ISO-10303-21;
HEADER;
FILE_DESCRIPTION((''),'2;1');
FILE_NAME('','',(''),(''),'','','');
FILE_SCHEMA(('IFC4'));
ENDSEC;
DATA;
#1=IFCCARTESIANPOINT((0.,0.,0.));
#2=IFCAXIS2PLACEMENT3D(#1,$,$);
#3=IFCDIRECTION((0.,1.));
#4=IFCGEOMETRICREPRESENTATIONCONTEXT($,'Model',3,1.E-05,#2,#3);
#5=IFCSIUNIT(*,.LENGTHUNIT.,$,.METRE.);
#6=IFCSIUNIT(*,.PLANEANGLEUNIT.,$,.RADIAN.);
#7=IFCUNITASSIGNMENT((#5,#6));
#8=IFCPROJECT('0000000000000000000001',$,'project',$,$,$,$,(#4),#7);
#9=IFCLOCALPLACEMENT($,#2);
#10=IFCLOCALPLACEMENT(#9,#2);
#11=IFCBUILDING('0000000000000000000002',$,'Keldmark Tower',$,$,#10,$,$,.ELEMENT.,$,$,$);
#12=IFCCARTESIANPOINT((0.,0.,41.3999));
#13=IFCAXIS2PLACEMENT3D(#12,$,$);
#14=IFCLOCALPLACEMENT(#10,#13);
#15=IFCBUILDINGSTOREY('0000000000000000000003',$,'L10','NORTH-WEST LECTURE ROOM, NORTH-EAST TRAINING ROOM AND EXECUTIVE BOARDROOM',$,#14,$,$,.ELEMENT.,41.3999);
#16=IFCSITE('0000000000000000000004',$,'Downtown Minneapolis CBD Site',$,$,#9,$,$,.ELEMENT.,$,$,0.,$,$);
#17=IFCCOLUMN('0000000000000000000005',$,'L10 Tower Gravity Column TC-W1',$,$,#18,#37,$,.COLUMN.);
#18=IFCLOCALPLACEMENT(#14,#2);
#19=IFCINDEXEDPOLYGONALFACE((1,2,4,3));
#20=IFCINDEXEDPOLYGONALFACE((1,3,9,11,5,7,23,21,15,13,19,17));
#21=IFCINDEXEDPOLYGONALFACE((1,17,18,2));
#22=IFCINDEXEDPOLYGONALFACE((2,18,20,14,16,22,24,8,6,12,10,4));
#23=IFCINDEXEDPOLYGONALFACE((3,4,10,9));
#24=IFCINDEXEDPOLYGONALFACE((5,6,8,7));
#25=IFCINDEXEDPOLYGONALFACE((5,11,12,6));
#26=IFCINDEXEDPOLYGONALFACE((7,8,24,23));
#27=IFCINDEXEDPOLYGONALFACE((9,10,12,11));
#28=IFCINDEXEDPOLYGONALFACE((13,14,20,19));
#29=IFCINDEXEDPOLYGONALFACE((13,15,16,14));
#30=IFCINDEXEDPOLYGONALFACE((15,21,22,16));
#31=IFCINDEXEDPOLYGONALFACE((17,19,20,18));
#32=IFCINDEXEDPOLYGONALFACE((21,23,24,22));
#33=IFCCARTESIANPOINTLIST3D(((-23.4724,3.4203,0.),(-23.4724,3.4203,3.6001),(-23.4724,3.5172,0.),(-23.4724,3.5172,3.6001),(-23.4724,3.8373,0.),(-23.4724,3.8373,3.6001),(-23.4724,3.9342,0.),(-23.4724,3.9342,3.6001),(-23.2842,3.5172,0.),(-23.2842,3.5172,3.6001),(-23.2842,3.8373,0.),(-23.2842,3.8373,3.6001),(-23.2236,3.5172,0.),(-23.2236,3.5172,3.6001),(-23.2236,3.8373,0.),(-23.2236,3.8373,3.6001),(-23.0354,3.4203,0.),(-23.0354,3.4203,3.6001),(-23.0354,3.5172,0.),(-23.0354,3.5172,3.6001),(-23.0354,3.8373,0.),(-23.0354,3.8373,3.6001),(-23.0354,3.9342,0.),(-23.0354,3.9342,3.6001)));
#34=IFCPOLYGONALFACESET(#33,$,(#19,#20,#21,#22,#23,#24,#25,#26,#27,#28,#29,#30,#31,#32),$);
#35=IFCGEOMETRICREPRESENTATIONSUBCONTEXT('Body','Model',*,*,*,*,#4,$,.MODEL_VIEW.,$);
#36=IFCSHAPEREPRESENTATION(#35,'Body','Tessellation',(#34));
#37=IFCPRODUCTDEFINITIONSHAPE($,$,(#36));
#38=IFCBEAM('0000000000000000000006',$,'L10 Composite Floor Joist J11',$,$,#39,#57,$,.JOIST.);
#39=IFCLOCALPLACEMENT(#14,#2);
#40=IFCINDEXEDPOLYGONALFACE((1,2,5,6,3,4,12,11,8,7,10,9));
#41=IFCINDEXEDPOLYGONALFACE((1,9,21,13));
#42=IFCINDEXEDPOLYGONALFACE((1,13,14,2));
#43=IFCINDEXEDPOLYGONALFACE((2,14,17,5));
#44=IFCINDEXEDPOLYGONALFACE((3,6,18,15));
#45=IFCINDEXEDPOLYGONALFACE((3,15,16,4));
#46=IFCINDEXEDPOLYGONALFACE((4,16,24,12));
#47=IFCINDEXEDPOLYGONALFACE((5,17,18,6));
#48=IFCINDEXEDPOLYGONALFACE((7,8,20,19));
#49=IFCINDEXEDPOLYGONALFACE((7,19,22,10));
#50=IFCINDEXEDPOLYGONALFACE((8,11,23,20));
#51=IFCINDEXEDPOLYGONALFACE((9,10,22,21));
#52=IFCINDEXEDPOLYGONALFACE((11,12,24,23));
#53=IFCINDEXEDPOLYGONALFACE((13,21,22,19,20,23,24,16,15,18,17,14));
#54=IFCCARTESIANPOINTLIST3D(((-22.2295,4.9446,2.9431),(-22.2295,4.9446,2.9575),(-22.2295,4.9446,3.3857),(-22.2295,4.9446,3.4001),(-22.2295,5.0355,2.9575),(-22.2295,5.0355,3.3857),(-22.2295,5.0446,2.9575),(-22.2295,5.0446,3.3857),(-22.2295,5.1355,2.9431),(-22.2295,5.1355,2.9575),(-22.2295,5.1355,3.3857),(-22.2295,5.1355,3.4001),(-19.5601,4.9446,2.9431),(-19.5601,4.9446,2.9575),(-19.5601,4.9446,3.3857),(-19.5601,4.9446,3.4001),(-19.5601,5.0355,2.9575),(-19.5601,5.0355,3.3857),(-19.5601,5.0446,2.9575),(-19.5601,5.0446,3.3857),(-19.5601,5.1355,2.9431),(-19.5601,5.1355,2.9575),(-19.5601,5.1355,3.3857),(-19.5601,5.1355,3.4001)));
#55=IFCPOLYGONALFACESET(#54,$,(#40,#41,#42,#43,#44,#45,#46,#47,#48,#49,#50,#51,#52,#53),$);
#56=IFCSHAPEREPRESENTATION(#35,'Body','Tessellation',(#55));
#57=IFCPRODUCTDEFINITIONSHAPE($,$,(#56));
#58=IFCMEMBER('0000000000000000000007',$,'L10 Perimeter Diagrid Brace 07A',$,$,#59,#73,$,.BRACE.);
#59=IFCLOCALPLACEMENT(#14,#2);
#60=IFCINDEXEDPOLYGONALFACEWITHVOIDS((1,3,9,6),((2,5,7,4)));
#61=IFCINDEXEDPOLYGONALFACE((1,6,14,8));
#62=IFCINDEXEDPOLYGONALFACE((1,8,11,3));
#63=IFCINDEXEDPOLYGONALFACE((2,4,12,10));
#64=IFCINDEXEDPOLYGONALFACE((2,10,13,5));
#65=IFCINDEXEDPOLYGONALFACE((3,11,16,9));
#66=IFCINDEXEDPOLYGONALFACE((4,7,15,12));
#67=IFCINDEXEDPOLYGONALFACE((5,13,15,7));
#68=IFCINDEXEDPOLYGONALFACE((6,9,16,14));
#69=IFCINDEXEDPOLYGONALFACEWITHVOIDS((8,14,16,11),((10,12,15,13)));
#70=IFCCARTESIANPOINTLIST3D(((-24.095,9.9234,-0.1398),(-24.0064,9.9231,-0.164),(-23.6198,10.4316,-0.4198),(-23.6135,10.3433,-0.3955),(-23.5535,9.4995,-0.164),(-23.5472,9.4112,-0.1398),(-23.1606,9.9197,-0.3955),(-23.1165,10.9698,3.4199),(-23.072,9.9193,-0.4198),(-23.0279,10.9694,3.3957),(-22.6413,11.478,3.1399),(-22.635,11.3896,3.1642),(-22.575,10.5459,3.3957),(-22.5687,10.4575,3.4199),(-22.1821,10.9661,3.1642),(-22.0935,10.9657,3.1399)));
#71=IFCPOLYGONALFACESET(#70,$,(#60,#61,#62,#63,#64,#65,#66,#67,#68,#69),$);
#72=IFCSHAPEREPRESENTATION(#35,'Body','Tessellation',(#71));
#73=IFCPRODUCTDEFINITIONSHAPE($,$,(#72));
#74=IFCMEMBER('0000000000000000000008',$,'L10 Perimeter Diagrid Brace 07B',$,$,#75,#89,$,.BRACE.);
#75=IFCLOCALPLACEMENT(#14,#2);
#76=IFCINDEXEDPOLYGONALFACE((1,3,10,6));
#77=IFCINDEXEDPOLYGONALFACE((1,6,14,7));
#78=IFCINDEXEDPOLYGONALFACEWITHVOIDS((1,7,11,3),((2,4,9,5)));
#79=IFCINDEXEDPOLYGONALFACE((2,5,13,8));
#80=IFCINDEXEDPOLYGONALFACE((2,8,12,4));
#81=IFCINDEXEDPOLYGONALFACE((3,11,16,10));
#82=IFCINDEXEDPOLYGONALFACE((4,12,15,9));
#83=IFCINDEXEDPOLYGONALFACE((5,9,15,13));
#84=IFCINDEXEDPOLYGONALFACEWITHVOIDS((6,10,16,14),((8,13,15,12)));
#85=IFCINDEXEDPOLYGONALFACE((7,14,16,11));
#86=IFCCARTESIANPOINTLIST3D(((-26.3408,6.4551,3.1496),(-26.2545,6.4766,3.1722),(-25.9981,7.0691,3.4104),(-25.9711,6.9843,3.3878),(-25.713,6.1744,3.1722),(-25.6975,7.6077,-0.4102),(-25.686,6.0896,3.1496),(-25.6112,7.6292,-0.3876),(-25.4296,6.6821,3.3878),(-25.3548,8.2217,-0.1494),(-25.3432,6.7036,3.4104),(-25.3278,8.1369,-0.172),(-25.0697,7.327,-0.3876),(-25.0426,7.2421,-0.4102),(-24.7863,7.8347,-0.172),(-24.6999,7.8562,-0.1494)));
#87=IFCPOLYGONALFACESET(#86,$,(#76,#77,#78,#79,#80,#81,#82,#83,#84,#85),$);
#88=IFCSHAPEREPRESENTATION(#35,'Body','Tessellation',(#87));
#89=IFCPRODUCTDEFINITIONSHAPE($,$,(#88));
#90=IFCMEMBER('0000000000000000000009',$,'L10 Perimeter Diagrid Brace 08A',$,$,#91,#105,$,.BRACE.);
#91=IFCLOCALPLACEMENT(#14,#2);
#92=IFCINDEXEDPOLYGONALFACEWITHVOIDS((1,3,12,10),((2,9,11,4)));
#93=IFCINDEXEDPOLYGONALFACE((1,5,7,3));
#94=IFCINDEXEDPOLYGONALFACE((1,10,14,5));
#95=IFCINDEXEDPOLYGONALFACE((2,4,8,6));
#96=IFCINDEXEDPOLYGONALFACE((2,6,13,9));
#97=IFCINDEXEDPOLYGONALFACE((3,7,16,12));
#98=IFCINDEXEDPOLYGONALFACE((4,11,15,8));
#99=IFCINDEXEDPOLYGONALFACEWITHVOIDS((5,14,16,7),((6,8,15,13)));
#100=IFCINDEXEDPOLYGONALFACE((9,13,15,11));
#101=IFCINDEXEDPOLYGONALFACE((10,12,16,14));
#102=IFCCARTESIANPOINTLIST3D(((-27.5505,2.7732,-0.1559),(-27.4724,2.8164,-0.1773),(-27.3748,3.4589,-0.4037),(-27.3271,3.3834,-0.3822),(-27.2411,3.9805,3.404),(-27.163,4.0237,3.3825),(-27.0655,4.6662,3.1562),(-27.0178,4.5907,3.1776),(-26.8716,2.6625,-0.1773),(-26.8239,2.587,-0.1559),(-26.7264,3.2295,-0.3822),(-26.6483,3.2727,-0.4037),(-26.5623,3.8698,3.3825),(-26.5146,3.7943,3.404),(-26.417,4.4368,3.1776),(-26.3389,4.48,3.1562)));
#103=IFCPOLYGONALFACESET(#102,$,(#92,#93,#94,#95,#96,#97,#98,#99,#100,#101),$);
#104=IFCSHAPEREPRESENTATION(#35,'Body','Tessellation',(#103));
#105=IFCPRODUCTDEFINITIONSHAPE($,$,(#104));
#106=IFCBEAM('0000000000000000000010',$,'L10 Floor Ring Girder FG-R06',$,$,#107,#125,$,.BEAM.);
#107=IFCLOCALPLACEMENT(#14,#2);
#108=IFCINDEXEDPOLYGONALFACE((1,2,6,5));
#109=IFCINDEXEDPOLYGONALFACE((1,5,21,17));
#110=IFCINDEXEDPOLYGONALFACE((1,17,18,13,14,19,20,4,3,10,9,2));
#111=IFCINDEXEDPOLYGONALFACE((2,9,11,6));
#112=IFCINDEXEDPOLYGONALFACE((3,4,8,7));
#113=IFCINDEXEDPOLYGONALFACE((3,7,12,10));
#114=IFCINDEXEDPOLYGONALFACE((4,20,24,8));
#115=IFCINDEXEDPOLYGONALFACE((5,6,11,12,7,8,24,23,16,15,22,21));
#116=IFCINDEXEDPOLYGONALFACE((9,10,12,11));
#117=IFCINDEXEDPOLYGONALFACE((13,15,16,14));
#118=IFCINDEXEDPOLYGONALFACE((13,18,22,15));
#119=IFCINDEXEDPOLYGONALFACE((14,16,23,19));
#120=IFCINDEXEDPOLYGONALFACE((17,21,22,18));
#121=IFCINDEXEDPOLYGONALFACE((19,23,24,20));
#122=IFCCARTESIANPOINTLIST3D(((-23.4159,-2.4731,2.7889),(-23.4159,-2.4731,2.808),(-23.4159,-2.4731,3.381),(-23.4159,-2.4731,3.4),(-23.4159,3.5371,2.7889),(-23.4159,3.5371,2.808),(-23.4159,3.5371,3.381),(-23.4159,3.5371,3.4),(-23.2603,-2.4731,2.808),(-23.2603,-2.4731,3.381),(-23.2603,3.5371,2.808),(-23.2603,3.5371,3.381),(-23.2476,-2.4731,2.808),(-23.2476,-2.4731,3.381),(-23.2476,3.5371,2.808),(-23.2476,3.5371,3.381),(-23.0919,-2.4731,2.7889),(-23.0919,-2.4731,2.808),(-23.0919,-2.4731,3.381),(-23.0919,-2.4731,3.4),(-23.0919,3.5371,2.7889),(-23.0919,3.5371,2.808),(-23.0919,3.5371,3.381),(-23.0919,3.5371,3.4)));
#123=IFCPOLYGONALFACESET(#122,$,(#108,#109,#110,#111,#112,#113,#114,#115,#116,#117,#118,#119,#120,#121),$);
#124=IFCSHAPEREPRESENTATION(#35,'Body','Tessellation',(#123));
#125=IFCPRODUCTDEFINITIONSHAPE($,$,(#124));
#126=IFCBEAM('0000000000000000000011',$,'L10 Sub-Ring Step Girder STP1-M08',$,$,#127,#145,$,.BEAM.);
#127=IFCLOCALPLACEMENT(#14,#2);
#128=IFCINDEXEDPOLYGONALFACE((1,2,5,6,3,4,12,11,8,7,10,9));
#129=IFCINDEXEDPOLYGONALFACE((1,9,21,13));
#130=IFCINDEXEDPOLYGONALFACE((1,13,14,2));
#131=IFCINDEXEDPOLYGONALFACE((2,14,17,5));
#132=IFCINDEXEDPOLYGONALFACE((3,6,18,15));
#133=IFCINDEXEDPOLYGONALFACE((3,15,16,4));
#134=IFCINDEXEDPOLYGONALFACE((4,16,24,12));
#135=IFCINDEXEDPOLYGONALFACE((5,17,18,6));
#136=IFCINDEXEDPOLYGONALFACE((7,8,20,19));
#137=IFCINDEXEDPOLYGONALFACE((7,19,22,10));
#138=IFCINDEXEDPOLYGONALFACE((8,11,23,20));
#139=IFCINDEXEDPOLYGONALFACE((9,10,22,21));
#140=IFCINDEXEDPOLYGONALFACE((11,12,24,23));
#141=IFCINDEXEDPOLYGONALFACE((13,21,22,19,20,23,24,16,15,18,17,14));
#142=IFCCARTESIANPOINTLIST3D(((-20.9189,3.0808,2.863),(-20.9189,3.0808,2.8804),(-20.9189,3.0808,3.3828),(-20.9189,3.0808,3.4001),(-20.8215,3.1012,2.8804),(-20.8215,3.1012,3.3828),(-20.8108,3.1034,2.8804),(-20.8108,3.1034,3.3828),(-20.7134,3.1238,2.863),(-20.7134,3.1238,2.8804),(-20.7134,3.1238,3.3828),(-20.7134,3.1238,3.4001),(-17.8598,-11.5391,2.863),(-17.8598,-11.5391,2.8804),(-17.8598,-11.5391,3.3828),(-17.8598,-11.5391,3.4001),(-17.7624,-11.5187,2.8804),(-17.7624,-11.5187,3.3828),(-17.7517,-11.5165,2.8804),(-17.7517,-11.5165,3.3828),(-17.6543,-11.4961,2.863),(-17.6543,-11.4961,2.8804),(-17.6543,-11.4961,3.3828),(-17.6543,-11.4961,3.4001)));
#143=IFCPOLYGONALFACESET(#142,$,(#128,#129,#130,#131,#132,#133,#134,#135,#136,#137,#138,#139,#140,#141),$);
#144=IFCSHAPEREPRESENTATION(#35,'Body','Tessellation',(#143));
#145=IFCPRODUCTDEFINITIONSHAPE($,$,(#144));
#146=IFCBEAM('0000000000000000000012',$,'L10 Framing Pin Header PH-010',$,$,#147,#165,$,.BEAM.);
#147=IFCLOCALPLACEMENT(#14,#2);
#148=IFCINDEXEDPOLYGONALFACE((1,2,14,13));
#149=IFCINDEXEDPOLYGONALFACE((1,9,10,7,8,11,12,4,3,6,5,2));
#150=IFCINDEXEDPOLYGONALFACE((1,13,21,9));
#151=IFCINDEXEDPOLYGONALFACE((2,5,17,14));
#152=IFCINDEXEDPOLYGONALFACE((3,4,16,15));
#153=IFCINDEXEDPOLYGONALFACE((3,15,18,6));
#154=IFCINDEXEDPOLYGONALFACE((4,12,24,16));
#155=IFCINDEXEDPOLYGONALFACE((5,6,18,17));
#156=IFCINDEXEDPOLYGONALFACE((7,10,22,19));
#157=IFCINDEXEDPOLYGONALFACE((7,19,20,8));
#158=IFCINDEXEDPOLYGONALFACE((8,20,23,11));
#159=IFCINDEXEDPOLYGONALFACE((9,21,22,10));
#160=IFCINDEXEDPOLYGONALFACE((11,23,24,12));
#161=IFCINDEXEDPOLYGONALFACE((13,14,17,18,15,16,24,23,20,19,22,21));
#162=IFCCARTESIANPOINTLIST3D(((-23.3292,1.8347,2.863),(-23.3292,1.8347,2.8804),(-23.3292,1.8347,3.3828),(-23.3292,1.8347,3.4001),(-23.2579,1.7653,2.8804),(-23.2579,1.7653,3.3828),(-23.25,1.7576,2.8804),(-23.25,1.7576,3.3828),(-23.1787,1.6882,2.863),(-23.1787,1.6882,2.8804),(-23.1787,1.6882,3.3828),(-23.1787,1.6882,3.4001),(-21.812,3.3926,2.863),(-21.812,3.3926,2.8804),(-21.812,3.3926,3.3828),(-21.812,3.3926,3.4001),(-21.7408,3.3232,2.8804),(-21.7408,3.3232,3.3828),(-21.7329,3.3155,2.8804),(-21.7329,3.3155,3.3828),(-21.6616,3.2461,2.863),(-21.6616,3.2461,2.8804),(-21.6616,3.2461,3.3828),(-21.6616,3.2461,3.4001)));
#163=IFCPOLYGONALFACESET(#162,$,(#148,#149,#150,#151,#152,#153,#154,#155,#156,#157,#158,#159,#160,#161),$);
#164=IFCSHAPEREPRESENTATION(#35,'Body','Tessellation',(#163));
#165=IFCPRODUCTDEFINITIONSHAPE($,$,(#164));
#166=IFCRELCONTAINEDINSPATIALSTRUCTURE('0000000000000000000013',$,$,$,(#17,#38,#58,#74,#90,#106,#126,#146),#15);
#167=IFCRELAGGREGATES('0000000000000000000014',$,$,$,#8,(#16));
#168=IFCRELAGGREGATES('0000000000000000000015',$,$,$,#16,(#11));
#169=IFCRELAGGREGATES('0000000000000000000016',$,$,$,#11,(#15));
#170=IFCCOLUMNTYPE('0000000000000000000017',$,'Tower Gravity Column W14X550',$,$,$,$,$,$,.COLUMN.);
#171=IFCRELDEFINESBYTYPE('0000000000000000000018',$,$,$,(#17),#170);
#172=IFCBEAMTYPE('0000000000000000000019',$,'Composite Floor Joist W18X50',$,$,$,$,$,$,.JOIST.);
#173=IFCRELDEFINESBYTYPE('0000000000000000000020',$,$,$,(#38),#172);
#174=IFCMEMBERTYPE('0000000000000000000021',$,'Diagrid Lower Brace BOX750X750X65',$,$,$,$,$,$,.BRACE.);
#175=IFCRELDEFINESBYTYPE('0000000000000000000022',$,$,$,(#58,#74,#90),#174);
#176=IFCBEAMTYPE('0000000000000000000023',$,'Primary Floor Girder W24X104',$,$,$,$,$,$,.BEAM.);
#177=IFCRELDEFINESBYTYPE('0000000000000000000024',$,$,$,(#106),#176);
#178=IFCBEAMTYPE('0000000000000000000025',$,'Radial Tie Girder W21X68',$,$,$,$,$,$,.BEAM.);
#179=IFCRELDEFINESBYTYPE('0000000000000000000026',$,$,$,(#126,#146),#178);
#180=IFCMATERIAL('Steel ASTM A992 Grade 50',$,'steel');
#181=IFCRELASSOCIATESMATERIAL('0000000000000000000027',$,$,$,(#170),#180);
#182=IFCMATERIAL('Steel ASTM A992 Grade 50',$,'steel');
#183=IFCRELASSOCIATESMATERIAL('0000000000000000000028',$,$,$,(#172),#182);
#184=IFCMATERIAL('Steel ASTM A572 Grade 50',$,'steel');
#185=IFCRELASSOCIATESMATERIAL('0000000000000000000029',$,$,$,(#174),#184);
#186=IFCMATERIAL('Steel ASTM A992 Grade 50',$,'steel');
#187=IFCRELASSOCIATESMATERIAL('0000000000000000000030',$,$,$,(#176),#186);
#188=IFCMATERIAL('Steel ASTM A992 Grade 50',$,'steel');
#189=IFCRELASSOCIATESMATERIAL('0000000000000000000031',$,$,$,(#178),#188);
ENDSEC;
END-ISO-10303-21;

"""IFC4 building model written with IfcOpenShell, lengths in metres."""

from ifc_helpers import new_model, si_unit, direction, frame, origin, origin_2d, place, context, subcontext, project, spatial, hollow_rectangle, i_section, extrude, material, material_profile, profile_set, type_object, element, save


model = new_model("IFC4")

# Units and contexts
model_context = context("Model", 3, precision=1e-05, world=origin(), true_north=direction((0.0, 1.0)))
body_context = subcontext(model_context, "Body", "Model", "MODEL_VIEW")
ifc_project = project(units=[si_unit("LENGTHUNIT", "METRE"), si_unit("PLANEANGLEUNIT", "RADIAN")], contexts=[model_context])

# Site, building, storey
site_placement = place(None, origin())
site = spatial("IfcSite", under=ifc_project, at=site_placement, Name="Downtown Minneapolis CBD Site", CompositionType="ELEMENT", RefElevation=0.0)
building_placement = place(site_placement, origin())
building = spatial("IfcBuilding", under=site, at=building_placement, Name="Keldmark Tower", CompositionType="ELEMENT")
storey_placement = place(building_placement, frame((0.0, 0.0, 41.3999)))
storey = spatial("IfcBuildingStorey", under=building, at=storey_placement, Name="L10", Description="NORTH-WEST LECTURE ROOM, NORTH-EAST TRAINING ROOM AND EXECUTIVE BOARDROOM", CompositionType="ELEMENT", Elevation=41.3999)

# Column
ifc_material_1 = material(Name="Steel ASTM A992 Grade 50", Category="steel")
ifc_material_profile_1 = material_profile(ifc_material_1, i_section(OverallWidth=0.437, OverallDepth=0.5139, WebThickness=0.0605, FlangeThickness=0.0969, at=origin_2d()), Name="W14X550")
ifc_profile_set_1 = profile_set([ifc_material_profile_1], Name="Steel ASTM A992 Grade 50")
column_type = type_object("IfcColumnType", Name="Tower Gravity Column W14X550", PredefinedType="COLUMN", material=ifc_profile_set_1)
column_placement = place(storey_placement, frame((-23.2539, 3.6772, 0.0), z_axis=(0.0, 0.0, 1.0), x_axis=(1.0, 0.0, 0.0)))
element("IfcColumn", 1, at=column_placement, inside=storey, type_object=column_type, Name="L10 Tower Gravity Column TC-W1", PredefinedType="COLUMN", context=body_context, shape_type="SweptSolid", body=[
    extrude(i_section(OverallWidth=0.437, OverallDepth=0.5139, WebThickness=0.0605, FlangeThickness=0.0969, at=origin_2d()), origin(), (0.0, 0.0, 1.0), 3.6001),
])

# Beam
ifc_material_2 = material(Name="Steel ASTM A992 Grade 50", Category="steel")
ifc_material_profile_2 = material_profile(ifc_material_2, i_section(OverallWidth=0.1909, OverallDepth=0.457, WebThickness=0.009, FlangeThickness=0.0144, at=origin_2d()), Name="W18X50")
ifc_profile_set_2 = profile_set([ifc_material_profile_2], Name="Steel ASTM A992 Grade 50")
beam_type_1 = type_object("IfcBeamType", Name="Composite Floor Joist W18X50", PredefinedType="JOIST", material=ifc_profile_set_2)
beam_1_placement = place(storey_placement, frame((-22.2295, 5.04, 3.1716), z_axis=(1.0, 0.0, 0.0), x_axis=(0.0, 1.0, 0.0)))
element("IfcBeam", 2, at=beam_1_placement, inside=storey, type_object=beam_type_1, Name="L10 Composite Floor Joist J11", PredefinedType="JOIST", context=body_context, shape_type="SweptSolid", body=[
    extrude(i_section(OverallWidth=0.1909, OverallDepth=0.457, WebThickness=0.009, FlangeThickness=0.0144, at=origin_2d()), origin(), (0.0, 0.0, 1.0), 2.6694),
])

# Members
ifc_material_3 = material(Name="Steel ASTM A572 Grade 50", Category="steel")
ifc_material_profile_3 = material_profile(ifc_material_3, hollow_rectangle(XDim=0.75, YDim=0.75, WallThickness=0.0649, at=origin_2d()), Name="BOX750X750X65")
ifc_profile_set_3 = profile_set([ifc_material_profile_3], Name="Steel ASTM A572 Grade 50")
member_type = type_object("IfcMemberType", Name="Diagrid Lower Brace BOX750X750X65", PredefinedType="BRACE", material=ifc_profile_set_3)
member_1_placement = place(storey_placement, frame((-23.5835, 9.9214, -0.2798), z_axis=(0.255003, 0.27269, 0.927693), x_axis=(-0.730398, 0.683022, 0.0)))
element("IfcMember", 3, at=member_1_placement, inside=storey, type_object=member_type, Name="L10 Perimeter Diagrid Brace 07A", PredefinedType="BRACE", context=body_context, shape_type="SweptSolid", body=[
    extrude(hollow_rectangle(XDim=0.75, YDim=0.75, WallThickness=0.0649, at=origin_2d()), origin(), (0.0, 0.0, 1.0), 3.8372),
])
member_2_placement = place(storey_placement, frame((-25.1987, 7.7319, -0.2798), z_axis=(-0.169441, -0.30358, 0.937619), x_axis=(0.873196, -0.487369, 0.0)))
element("IfcMember", 4, at=member_2_placement, inside=storey, type_object=member_type, Name="L10 Perimeter Diagrid Brace 07B", PredefinedType="BRACE", context=body_context, shape_type="SweptSolid", body=[
    extrude(hollow_rectangle(XDim=0.75, YDim=0.75, WallThickness=0.0649, at=origin_2d()), origin(), (0.0, 0.0, 1.0), 3.7966),
])
member_3_placement = place(storey_placement, frame((-27.0994, 3.0229, -0.2798), z_axis=(0.082013, 0.320091, 0.94383), x_axis=(-0.968709, 0.248201, 0.0)))
element("IfcMember", 5, at=member_3_placement, inside=storey, type_object=member_type, Name="L10 Perimeter Diagrid Brace 08A", PredefinedType="BRACE", context=body_context, shape_type="SweptSolid", body=[
    extrude(hollow_rectangle(XDim=0.75, YDim=0.75, WallThickness=0.0649, at=origin_2d()), origin(), (0.0, 0.0, 1.0), 3.7717),
])

# Beams
ifc_material_4 = material(Name="Steel ASTM A992 Grade 50", Category="steel")
ifc_material_profile_4 = material_profile(ifc_material_4, i_section(OverallWidth=0.324, OverallDepth=0.6111, WebThickness=0.0127, FlangeThickness=0.019, at=origin_2d()), Name="W24X104")
ifc_profile_set_4 = profile_set([ifc_material_profile_4], Name="Steel ASTM A992 Grade 50")
beam_type_2 = type_object("IfcBeamType", Name="Primary Floor Girder W24X104", PredefinedType="BEAM", material=ifc_profile_set_4)
beam_2_placement = place(storey_placement, frame((-23.2539, 3.5371, 3.0945), z_axis=(0.0, -1.0, 0.0), x_axis=(1.0, 0.0, 0.0)))
element("IfcBeam", 6, at=beam_2_placement, inside=storey, type_object=beam_type_2, Name="L10 Floor Ring Girder FG-R06", PredefinedType="BEAM", context=body_context, shape_type="SweptSolid", body=[
    extrude(i_section(OverallWidth=0.324, OverallDepth=0.6111, WebThickness=0.0127, FlangeThickness=0.019, at=origin_2d()), origin(), (0.0, 0.0, 1.0), 6.0103),
])
ifc_material_5 = material(Name="Steel ASTM A992 Grade 50", Category="steel")
ifc_material_profile_5 = material_profile(ifc_material_5, i_section(OverallWidth=0.21, OverallDepth=0.5371, WebThickness=0.011, FlangeThickness=0.0173, at=origin_2d()), Name="W21X68")
ifc_profile_set_5 = profile_set([ifc_material_profile_5], Name="Steel ASTM A992 Grade 50")
beam_type_3 = type_object("IfcBeamType", Name="Radial Tie Girder W21X68", PredefinedType="BEAM", material=ifc_profile_set_5)
beam_3_placement = place(storey_placement, frame((-20.8162, 3.1023, 3.1316), z_axis=(0.204806, -0.978803, 0.0), x_axis=(0.978803, 0.204806, 0.0)))
element("IfcBeam", 7, at=beam_3_placement, inside=storey, type_object=beam_type_3, Name="L10 Sub-Ring Step Girder STP1-M08", PredefinedType="BEAM", context=body_context, shape_type="SweptSolid", body=[
    extrude(i_section(OverallWidth=0.21, OverallDepth=0.5371, WebThickness=0.011, FlangeThickness=0.0173, at=origin_2d()), origin(), (0.0, 0.0, 1.0), 14.9365),
])
beam_4_placement = place(storey_placement, frame((-21.7368, 3.3193, 3.1316), z_axis=(-0.69767, -0.716419, 0.0), x_axis=(0.716419, -0.69767, 0.0)))
element("IfcBeam", 8, at=beam_4_placement, inside=storey, type_object=beam_type_3, Name="L10 Framing Pin Header PH-010", PredefinedType="BEAM", context=body_context, shape_type="SweptSolid", body=[
    extrude(i_section(OverallWidth=0.21, OverallDepth=0.5371, WebThickness=0.011, FlangeThickness=0.0173, at=origin_2d()), origin(), (0.0, 0.0, 1.0), 2.1746),
])

save(model, "model.ifc")
